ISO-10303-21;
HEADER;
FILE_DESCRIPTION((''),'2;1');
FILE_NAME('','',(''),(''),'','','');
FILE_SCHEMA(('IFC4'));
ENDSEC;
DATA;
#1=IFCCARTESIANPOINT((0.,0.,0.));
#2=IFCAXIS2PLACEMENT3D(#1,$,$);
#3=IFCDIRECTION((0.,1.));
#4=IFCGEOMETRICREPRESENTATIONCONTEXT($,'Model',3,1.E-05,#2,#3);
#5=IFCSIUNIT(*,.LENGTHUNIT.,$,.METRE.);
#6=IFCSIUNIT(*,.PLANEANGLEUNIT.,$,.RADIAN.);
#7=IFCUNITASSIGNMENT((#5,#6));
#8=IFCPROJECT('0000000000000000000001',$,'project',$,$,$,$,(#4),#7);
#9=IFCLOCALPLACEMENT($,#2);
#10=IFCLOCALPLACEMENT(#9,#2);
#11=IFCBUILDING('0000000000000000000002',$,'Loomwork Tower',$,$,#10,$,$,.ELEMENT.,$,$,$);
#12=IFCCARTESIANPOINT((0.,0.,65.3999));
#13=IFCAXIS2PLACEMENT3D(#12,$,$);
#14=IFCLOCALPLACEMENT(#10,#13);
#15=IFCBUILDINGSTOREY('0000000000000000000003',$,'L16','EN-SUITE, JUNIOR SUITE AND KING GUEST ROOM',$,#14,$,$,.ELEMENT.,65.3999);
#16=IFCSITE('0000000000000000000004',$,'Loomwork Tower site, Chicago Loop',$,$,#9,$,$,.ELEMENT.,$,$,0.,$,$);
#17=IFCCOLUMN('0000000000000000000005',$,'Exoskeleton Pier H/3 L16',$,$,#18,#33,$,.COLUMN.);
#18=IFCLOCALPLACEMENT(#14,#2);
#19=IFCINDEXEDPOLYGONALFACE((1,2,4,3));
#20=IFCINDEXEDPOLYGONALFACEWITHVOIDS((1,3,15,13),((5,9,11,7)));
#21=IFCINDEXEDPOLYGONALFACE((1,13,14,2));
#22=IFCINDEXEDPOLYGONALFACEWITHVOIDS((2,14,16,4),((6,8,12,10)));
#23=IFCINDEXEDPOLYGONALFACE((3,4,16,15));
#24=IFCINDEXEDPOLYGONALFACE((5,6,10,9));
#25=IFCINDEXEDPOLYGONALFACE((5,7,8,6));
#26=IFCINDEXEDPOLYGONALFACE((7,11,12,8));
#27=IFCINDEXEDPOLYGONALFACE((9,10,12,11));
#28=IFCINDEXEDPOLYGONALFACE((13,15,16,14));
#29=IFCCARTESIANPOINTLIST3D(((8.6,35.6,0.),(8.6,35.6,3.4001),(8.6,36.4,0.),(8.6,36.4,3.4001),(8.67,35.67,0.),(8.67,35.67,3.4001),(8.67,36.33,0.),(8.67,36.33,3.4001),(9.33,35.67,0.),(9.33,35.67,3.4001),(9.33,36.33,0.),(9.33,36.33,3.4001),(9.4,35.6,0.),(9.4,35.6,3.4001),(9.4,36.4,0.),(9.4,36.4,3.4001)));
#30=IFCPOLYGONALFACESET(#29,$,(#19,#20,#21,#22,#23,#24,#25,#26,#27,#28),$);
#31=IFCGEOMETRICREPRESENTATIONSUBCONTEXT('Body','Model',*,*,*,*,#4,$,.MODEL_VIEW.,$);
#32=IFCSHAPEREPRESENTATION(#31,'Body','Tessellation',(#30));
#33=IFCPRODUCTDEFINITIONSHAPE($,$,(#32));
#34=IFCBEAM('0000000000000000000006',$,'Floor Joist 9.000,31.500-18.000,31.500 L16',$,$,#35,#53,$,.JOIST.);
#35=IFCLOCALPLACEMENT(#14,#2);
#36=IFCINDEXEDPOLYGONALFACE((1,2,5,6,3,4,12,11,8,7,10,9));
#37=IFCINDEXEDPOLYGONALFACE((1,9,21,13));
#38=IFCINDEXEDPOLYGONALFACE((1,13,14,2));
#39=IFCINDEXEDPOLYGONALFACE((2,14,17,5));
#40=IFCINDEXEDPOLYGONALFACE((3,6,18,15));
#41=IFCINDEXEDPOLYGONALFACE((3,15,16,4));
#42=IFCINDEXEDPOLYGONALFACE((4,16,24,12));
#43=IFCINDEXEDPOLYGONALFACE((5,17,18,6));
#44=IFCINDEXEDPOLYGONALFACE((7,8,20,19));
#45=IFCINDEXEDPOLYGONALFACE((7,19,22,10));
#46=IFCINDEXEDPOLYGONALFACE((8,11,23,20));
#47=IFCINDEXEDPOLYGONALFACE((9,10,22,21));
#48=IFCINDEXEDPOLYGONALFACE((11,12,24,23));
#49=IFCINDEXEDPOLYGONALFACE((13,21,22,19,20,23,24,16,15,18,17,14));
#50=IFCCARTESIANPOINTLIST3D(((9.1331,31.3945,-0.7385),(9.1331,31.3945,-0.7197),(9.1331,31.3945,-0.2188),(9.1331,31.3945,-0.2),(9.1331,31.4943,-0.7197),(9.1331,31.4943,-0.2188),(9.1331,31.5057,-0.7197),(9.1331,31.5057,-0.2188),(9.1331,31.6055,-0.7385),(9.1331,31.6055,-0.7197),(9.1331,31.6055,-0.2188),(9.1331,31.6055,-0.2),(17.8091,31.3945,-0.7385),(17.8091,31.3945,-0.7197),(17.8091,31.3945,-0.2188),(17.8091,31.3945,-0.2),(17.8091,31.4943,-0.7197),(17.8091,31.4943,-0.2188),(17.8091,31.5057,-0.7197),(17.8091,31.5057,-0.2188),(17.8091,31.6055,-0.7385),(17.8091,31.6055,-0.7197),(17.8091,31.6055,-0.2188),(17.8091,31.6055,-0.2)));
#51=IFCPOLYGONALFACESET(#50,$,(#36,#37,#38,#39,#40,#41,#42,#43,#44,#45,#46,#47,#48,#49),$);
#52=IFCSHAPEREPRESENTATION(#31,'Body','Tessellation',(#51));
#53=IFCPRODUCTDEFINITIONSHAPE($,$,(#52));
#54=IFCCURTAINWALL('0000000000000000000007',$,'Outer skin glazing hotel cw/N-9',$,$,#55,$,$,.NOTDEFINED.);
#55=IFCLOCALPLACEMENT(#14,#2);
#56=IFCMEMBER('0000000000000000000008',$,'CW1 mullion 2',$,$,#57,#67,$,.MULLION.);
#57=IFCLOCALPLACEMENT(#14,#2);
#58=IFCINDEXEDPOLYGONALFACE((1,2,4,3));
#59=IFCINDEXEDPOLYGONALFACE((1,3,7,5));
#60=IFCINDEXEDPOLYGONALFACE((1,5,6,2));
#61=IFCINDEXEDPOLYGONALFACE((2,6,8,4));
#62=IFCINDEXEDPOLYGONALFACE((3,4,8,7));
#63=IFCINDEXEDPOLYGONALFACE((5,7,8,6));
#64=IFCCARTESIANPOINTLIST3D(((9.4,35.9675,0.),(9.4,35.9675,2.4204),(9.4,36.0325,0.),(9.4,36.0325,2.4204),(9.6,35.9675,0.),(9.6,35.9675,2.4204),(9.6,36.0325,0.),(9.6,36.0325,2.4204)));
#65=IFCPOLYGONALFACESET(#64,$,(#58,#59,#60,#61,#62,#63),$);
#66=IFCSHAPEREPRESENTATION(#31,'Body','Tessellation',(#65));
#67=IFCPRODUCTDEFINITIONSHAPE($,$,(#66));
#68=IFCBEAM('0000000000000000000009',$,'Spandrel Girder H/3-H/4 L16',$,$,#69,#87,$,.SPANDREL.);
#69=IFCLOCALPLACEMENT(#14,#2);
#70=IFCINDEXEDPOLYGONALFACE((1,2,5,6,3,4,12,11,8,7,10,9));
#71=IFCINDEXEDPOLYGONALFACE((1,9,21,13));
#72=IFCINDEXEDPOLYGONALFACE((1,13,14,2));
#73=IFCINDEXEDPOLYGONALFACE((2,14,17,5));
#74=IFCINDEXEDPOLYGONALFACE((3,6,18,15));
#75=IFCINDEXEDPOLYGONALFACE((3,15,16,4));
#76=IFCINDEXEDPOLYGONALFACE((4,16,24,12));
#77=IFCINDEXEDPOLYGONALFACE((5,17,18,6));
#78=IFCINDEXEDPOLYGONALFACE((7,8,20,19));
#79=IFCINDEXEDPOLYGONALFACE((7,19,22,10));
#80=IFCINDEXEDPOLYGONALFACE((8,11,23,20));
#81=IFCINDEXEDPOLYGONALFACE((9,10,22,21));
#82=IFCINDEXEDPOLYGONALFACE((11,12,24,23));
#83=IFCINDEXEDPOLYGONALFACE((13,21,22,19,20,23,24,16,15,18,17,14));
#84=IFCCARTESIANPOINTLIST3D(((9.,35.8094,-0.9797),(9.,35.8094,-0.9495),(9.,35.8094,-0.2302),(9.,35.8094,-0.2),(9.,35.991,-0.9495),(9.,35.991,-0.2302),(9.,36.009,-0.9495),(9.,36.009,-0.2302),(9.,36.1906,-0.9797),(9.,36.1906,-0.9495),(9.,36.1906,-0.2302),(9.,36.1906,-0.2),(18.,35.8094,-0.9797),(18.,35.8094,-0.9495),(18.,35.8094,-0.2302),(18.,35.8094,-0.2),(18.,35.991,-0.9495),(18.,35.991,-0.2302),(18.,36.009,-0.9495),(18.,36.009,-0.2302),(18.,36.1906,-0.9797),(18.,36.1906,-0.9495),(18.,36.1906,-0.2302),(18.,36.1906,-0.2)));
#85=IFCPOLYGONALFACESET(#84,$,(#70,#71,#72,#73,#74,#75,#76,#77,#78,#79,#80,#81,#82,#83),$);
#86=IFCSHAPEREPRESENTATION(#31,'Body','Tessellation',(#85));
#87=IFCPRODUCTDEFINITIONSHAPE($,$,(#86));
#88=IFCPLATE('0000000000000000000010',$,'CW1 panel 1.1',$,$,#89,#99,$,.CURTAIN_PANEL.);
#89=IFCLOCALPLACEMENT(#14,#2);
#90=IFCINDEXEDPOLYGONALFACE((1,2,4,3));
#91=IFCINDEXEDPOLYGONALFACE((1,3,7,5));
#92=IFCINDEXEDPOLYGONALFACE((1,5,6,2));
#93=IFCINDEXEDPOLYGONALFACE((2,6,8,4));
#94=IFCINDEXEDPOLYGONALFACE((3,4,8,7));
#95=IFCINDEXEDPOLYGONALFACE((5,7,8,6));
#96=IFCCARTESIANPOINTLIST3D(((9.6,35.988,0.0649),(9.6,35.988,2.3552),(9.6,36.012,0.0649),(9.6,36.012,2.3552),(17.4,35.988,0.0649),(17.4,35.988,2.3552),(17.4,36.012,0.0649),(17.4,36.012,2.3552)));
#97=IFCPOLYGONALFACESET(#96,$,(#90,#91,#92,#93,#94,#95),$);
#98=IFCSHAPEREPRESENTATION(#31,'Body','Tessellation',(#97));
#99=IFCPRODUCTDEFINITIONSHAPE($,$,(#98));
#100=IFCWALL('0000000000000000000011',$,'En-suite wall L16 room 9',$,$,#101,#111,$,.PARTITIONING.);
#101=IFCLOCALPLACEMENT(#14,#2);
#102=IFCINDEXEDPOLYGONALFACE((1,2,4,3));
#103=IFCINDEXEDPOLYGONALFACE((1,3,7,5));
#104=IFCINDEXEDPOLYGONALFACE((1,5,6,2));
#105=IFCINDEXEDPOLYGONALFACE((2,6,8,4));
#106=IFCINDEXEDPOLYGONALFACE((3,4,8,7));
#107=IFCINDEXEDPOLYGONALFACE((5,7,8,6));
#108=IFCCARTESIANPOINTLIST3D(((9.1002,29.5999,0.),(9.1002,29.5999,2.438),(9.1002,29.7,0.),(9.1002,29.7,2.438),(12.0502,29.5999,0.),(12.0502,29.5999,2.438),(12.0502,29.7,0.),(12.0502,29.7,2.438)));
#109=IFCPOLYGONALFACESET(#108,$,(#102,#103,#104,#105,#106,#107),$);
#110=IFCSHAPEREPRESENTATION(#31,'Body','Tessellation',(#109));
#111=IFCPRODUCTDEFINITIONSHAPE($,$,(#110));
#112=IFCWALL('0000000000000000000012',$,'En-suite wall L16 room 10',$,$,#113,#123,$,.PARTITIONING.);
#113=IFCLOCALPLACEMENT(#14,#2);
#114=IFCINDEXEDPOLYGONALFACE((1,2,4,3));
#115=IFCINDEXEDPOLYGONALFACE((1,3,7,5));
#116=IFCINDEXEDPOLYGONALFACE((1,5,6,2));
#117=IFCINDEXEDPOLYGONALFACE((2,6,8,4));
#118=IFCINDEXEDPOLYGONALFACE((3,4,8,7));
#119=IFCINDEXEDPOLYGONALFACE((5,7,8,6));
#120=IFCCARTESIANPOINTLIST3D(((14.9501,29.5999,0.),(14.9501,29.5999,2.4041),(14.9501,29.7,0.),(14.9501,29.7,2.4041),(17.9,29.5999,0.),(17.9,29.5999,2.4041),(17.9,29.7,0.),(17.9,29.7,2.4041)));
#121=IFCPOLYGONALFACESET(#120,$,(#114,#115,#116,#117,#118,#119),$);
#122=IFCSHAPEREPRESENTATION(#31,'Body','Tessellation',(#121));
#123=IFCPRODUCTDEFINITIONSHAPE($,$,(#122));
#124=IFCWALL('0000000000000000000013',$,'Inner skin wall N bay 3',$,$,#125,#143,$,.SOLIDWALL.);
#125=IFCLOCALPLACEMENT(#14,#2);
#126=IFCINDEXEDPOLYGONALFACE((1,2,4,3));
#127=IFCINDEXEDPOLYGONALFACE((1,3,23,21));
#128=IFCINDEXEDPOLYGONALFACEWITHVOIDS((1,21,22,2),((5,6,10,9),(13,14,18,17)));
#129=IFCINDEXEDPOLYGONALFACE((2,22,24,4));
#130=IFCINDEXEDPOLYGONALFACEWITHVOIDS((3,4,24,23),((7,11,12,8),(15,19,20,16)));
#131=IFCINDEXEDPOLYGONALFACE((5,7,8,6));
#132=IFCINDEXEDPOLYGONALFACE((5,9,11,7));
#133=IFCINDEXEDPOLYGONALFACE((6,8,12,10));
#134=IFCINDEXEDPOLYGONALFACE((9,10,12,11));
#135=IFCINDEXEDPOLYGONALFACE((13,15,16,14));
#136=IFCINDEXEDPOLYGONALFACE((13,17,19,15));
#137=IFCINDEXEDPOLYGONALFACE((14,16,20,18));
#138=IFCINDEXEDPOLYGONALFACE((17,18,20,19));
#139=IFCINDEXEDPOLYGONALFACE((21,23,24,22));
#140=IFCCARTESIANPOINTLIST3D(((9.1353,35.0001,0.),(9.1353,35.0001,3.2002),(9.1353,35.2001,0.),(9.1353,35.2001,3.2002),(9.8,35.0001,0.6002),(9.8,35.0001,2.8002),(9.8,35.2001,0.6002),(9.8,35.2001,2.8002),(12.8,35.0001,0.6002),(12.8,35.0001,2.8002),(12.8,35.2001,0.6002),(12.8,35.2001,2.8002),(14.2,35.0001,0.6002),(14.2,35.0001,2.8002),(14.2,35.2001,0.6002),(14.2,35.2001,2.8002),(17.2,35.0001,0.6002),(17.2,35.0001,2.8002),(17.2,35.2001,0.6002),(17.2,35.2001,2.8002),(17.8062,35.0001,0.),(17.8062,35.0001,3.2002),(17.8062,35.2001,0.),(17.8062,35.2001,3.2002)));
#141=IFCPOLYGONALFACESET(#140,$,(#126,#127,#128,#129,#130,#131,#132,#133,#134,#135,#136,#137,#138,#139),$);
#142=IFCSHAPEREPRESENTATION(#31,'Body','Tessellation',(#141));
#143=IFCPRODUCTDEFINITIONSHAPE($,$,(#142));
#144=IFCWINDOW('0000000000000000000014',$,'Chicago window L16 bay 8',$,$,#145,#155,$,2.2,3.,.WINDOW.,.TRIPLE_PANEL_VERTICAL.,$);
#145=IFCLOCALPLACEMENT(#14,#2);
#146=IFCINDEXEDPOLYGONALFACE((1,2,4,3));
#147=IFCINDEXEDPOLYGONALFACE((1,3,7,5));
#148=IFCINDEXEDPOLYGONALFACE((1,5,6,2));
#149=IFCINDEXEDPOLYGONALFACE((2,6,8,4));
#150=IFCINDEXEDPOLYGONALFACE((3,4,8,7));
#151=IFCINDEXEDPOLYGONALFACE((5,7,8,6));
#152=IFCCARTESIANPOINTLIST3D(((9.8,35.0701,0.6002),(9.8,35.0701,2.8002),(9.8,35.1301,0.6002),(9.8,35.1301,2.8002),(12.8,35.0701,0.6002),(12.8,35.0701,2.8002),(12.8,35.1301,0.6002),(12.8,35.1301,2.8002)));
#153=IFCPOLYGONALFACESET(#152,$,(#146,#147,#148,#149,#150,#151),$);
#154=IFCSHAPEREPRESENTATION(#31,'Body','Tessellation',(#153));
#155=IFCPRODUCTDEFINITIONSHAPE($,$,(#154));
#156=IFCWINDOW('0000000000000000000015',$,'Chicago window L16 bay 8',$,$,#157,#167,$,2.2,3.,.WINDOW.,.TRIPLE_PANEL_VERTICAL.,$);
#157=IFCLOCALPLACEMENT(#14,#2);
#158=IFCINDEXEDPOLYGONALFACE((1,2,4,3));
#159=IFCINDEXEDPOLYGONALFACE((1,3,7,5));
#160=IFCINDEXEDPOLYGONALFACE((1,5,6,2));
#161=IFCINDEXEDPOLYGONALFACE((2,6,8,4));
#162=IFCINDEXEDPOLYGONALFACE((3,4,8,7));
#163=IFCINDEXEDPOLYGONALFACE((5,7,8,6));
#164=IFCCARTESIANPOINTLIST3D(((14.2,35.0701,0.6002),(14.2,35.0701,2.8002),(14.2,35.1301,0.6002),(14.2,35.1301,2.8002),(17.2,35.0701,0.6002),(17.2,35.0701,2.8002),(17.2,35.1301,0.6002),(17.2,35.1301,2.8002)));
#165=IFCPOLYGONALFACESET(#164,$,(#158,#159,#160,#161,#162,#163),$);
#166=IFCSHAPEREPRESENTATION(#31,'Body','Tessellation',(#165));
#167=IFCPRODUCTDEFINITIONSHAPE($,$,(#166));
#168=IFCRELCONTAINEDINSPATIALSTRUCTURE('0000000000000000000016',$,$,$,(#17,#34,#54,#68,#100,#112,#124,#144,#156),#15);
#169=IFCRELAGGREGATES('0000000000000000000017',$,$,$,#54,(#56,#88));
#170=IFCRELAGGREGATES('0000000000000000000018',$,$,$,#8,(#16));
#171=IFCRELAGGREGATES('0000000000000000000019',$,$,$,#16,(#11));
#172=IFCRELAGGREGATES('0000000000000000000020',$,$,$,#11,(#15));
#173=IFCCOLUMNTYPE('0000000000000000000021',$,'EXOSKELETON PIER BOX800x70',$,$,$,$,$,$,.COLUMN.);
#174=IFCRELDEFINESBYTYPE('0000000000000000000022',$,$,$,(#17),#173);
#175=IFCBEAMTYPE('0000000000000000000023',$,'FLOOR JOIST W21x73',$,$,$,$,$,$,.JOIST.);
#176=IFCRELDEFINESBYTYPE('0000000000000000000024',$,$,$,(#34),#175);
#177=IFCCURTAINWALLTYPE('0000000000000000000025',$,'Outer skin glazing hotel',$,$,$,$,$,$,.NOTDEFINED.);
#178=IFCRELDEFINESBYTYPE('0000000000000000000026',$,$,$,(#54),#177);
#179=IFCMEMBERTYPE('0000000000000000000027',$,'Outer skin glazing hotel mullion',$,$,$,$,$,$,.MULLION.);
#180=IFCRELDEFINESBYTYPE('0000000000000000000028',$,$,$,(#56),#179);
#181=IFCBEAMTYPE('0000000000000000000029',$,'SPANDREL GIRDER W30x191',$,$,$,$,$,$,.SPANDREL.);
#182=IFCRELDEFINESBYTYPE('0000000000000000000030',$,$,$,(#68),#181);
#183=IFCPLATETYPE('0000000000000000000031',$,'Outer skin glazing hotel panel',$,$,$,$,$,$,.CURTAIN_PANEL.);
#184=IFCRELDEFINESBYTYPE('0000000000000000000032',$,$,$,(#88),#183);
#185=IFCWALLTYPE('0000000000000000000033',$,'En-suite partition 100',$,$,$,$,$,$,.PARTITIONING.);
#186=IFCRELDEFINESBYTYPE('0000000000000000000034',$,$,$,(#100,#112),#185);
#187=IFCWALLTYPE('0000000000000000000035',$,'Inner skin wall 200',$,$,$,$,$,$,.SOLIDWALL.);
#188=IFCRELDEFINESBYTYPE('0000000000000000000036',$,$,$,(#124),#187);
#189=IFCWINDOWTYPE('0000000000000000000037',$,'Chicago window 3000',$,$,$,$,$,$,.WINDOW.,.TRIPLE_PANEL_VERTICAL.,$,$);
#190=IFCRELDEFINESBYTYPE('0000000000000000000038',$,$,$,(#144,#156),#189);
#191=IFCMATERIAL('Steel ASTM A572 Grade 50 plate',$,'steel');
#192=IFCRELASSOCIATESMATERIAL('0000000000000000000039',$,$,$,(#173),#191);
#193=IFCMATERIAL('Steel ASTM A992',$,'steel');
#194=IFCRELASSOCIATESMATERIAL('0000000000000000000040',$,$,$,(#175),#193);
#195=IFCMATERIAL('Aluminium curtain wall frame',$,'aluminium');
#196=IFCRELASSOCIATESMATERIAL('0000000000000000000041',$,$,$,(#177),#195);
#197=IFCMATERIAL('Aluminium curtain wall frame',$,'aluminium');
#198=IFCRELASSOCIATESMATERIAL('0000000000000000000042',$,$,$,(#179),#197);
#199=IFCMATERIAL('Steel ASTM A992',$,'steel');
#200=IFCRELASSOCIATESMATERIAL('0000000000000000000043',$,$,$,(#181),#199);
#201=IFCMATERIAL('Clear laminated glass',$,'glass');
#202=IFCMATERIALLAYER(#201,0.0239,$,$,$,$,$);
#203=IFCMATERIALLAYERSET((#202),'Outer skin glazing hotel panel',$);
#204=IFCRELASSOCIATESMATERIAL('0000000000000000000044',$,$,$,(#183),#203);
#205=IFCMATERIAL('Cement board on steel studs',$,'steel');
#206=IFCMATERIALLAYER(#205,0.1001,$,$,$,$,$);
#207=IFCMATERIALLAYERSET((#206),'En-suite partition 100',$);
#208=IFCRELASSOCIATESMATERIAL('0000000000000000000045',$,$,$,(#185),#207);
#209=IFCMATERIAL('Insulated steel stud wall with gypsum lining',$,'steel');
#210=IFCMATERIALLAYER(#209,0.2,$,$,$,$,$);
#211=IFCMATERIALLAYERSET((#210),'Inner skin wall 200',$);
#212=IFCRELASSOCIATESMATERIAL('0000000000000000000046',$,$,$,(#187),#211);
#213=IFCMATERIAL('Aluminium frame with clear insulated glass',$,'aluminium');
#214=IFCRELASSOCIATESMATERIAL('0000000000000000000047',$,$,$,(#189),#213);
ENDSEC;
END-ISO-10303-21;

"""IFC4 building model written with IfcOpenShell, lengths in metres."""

from ifc_helpers import new_model, si_unit, direction, frame, frame_2d, origin, origin_2d, place, context, subcontext, project, spatial, rectangle, hollow_rectangle, i_section, extrude, material, layer, layer_set, material_profile, profile_set, type_object, element, fill, aggregate, save


model = new_model("IFC4")

# Units and contexts
model_context = context("Model", 3, precision=1e-05, world=origin(), true_north=direction((0.0, 1.0)))
body_context = subcontext(model_context, "Body", "Model", "MODEL_VIEW")
ifc_project = project(units=[si_unit("LENGTHUNIT", "METRE"), si_unit("PLANEANGLEUNIT", "RADIAN")], contexts=[model_context])

# Site, building, storey
site_placement = place(None, origin())
site = spatial("IfcSite", under=ifc_project, at=site_placement, Name="Loomwork Tower site, Chicago Loop", CompositionType="ELEMENT", RefElevation=0.0)
building_placement = place(site_placement, origin())
building = spatial("IfcBuilding", under=site, at=building_placement, Name="Loomwork Tower", CompositionType="ELEMENT")
storey_placement = place(building_placement, frame((0.0, 0.0, 65.3999)))
storey = spatial("IfcBuildingStorey", under=building, at=storey_placement, Name="L16", Description="EN-SUITE, JUNIOR SUITE AND KING GUEST ROOM", CompositionType="ELEMENT", Elevation=65.3999)

# Column
ifc_material_1 = material(Name="Steel ASTM A572 Grade 50 plate", Category="steel")
ifc_material_profile_1 = material_profile(ifc_material_1, hollow_rectangle(XDim=0.8, YDim=0.8, WallThickness=0.0701, at=origin_2d()), Name="BOX800x70")
ifc_profile_set_1 = profile_set([ifc_material_profile_1], Name="Steel ASTM A572 Grade 50 plate")
column_type = type_object("IfcColumnType", Name="EXOSKELETON PIER BOX800x70", PredefinedType="COLUMN", material=ifc_profile_set_1)
column_placement = place(storey_placement, frame((9.0, 36.0, 0.0), z_axis=(0.0, 0.0, 1.0), x_axis=(1.0, 0.0, 0.0)))
element("IfcColumn", 1, at=column_placement, inside=storey, type_object=column_type, Name="Exoskeleton Pier H/3 L16", PredefinedType="COLUMN", context=body_context, shape_type="SweptSolid", body=[
    extrude(hollow_rectangle(XDim=0.8, YDim=0.8, WallThickness=0.0701, at=origin_2d()), origin(), (0.0, 0.0, 1.0), 3.4001),
])

# Beam
ifc_material_2 = material(Name="Steel ASTM A992", Category="steel")
ifc_material_profile_2 = material_profile(ifc_material_2, i_section(OverallWidth=0.2109, OverallDepth=0.5386, WebThickness=0.0115, FlangeThickness=0.0188, at=origin_2d()), Name="W21x73")
ifc_profile_set_2 = profile_set([ifc_material_profile_2], Name="Steel ASTM A992")
beam_type_1 = type_object("IfcBeamType", Name="FLOOR JOIST W21x73", PredefinedType="JOIST", material=ifc_profile_set_2)
beam_1_placement = place(storey_placement, frame((9.1331, 31.5, -0.4692), z_axis=(1.0, 0.0, 0.0), x_axis=(0.0, 1.0, 0.0)))
element("IfcBeam", 2, at=beam_1_placement, inside=storey, type_object=beam_type_1, Name="Floor Joist 9.000,31.500-18.000,31.500 L16", PredefinedType="JOIST", context=body_context, shape_type="SweptSolid", body=[
    extrude(i_section(OverallWidth=0.2109, OverallDepth=0.5386, WebThickness=0.0115, FlangeThickness=0.0188, at=origin_2d()), origin(), (0.0, 0.0, 1.0), 8.676),
])

# Curtain wall, member
ifc_material_3 = material(Name="Aluminium curtain wall frame", Category="aluminium")
curtain_wall_type = type_object("IfcCurtainWallType", Name="Outer skin glazing hotel", PredefinedType="NOTDEFINED", material=ifc_material_3)
curtain_wall_placement = place(storey_placement, origin())
curtain_wall = element("IfcCurtainWall", 3, at=curtain_wall_placement, inside=storey, type_object=curtain_wall_type, Name="Outer skin glazing hotel cw/N-9", PredefinedType="NOTDEFINED")
ifc_material_4 = material(Name="Aluminium curtain wall frame", Category="aluminium")
ifc_material_profile_3 = material_profile(ifc_material_4, rectangle(XDim=0.0649, YDim=0.2, at=origin_2d()), Name="AL 65x200")
ifc_profile_set_3 = profile_set([ifc_material_profile_3], Name="Aluminium curtain wall frame")
member_type = type_object("IfcMemberType", Name="Outer skin glazing hotel mullion", PredefinedType="MULLION", material=ifc_profile_set_3)
member_placement = place(storey_placement, frame((9.5, 36.0, 0.0), z_axis=(0.0, 0.0, 1.0), x_axis=(0.0, -1.0, 0.0)))
member = element("IfcMember", 4, at=member_placement, type_object=member_type, Name="CW1 mullion 2", PredefinedType="MULLION", context=body_context, shape_type="SweptSolid", body=[
    extrude(rectangle(XDim=0.0649, YDim=0.2, at=origin_2d()), origin(), (0.0, 0.0, 1.0), 2.4204),
])

# Beam
ifc_material_5 = material(Name="Steel ASTM A992", Category="steel")
ifc_material_profile_4 = material_profile(ifc_material_5, i_section(OverallWidth=0.3811, OverallDepth=0.7798, WebThickness=0.0181, FlangeThickness=0.0303, at=origin_2d()), Name="W30x191")
ifc_profile_set_4 = profile_set([ifc_material_profile_4], Name="Steel ASTM A992")
beam_type_2 = type_object("IfcBeamType", Name="SPANDREL GIRDER W30x191", PredefinedType="SPANDREL", material=ifc_profile_set_4)
beam_2_placement = place(storey_placement, frame((9.0, 36.0, -0.5898), z_axis=(1.0, 0.0, 0.0), x_axis=(0.0, 1.0, 0.0)))
element("IfcBeam", 5, at=beam_2_placement, inside=storey, type_object=beam_type_2, Name="Spandrel Girder H/3-H/4 L16", PredefinedType="SPANDREL", context=body_context, shape_type="SweptSolid", body=[
    extrude(i_section(OverallWidth=0.3811, OverallDepth=0.7798, WebThickness=0.0181, FlangeThickness=0.0303, at=origin_2d()), origin(), (0.0, 0.0, 1.0), 9.0),
])

# Plate
ifc_material_6 = material(Name="Clear laminated glass", Category="glass")
ifc_layer_1 = layer(ifc_material_6, 0.0239)
ifc_layer_set_1 = layer_set([ifc_layer_1], Name="Outer skin glazing hotel panel")
plate_type = type_object("IfcPlateType", Name="Outer skin glazing hotel panel", PredefinedType="CURTAIN_PANEL", material=ifc_layer_set_1)
plate_placement = place(storey_placement, frame((13.5, 36.0, 0.0649), z_axis=(0.0, 0.0, 1.0), x_axis=(-1.0, 0.0, 0.0)))
plate = element("IfcPlate", 6, at=plate_placement, type_object=plate_type, Name="CW1 panel 1.1", PredefinedType="CURTAIN_PANEL", context=body_context, shape_type="SweptSolid", body=[
    extrude(rectangle(XDim=7.8, YDim=0.0239, at=origin_2d()), origin(), (0.0, 0.0, 1.0), 2.2903),
])
aggregate(curtain_wall, [member, plate])

# Walls
ifc_material_7 = material(Name="Cement board on steel studs", Category="steel")
ifc_layer_2 = layer(ifc_material_7, 0.1001)
ifc_layer_set_2 = layer_set([ifc_layer_2], Name="En-suite partition 100")
wall_type_1 = type_object("IfcWallType", Name="En-suite partition 100", PredefinedType="PARTITIONING", material=ifc_layer_set_2)
wall_1_placement = place(storey_placement, frame((9.1001, 29.6499, 0.0), z_axis=(0.0, 0.0, 1.0), x_axis=(1.0, 0.0, 0.0)))
element("IfcWall", 7, at=wall_1_placement, inside=storey, type_object=wall_type_1, Name="En-suite wall L16 room 9", PredefinedType="PARTITIONING", context=body_context, shape_type="SweptSolid", body=[
    extrude(rectangle(XDim=2.95, YDim=0.1001, at=frame_2d((1.4751, 0.0))), origin(), (0.0, 0.0, 1.0), 2.438),
])
wall_2_placement = place(storey_placement, frame((14.95, 29.6499, 0.0), z_axis=(0.0, 0.0, 1.0), x_axis=(1.0, 0.0, 0.0)))
element("IfcWall", 8, at=wall_2_placement, inside=storey, type_object=wall_type_1, Name="En-suite wall L16 room 10", PredefinedType="PARTITIONING", context=body_context, shape_type="SweptSolid", body=[
    extrude(rectangle(XDim=2.95, YDim=0.1001, at=frame_2d((1.4751, 0.0))), origin(), (0.0, 0.0, 1.0), 2.4041),
])

# Wall, openings, windows
ifc_material_8 = material(Name="Insulated steel stud wall with gypsum lining", Category="steel")
ifc_layer_3 = layer(ifc_material_8, 0.2)
ifc_layer_set_3 = layer_set([ifc_layer_3], Name="Inner skin wall 200")
wall_type_2 = type_object("IfcWallType", Name="Inner skin wall 200", PredefinedType="SOLIDWALL", material=ifc_layer_set_3)
wall_3_placement = place(storey_placement, frame((9.1353, 35.1001, 0.0), z_axis=(0.0, 0.0, 1.0), x_axis=(1.0, 0.0, 0.0)))
wall_3 = element("IfcWall", 9, at=wall_3_placement, inside=storey, type_object=wall_type_2, Name="Inner skin wall N bay 3", PredefinedType="SOLIDWALL", context=body_context, shape_type="SweptSolid", body=[
    extrude(rectangle(XDim=8.6709, YDim=0.2, at=frame_2d((4.3354, 0.0))), origin(), (0.0, 0.0, 1.0), 3.2002),
])
opening_1_placement = place(wall_3_placement, frame((0.6648, 0.0, 0.6001)))
opening_1 = element("IfcOpeningElement", 10, at=opening_1_placement, cuts=wall_3, PredefinedType="OPENING", context=body_context, shape_type="SweptSolid", body=[
    extrude(rectangle(XDim=3.0, YDim=2.2, at=frame_2d((1.5, 1.1001))), frame((0.0, 0.1099, 0.0), z_axis=(0.0, -1.0, 0.0), x_axis=(1.0, 0.0, 0.0)), (0.0, 0.0, 1.0), 0.22),
])
opening_2_placement = place(wall_3_placement, frame((5.0647, 0.0, 0.6001)))
opening_2 = element("IfcOpeningElement", 11, at=opening_2_placement, cuts=wall_3, PredefinedType="OPENING", context=body_context, shape_type="SweptSolid", body=[
    extrude(rectangle(XDim=3.0, YDim=2.2, at=frame_2d((1.5, 1.1001))), frame((0.0, 0.1099, 0.0), z_axis=(0.0, -1.0, 0.0), x_axis=(1.0, 0.0, 0.0)), (0.0, 0.0, 1.0), 0.22),
])
ifc_material_9 = material(Name="Aluminium frame with clear insulated glass", Category="aluminium")
window_type = type_object("IfcWindowType", Name="Chicago window 3000", PartitioningType="TRIPLE_PANEL_VERTICAL", PredefinedType="WINDOW", material=ifc_material_9)
window_1_placement = place(opening_1_placement, origin())
window_1 = element("IfcWindow", 12, at=window_1_placement, inside=storey, type_object=window_type, Name="Chicago window L16 bay 8", OverallHeight=2.2, OverallWidth=3.0, PartitioningType="TRIPLE_PANEL_VERTICAL", PredefinedType="WINDOW", context=body_context, shape_type="SweptSolid", body=[
    extrude(rectangle(XDim=3.0, YDim=2.2, at=frame_2d((1.5, 1.1001))), frame((0.0, 0.03, 0.0), z_axis=(0.0, -1.0, 0.0), x_axis=(1.0, 0.0, 0.0)), (0.0, 0.0, 1.0), 0.0601),
])
fill(opening_1, window_1)
window_2_placement = place(opening_2_placement, origin())
window_2 = element("IfcWindow", 13, at=window_2_placement, inside=storey, type_object=window_type, Name="Chicago window L16 bay 8", OverallHeight=2.2, OverallWidth=3.0, PartitioningType="TRIPLE_PANEL_VERTICAL", PredefinedType="WINDOW", context=body_context, shape_type="SweptSolid", body=[
    extrude(rectangle(XDim=3.0, YDim=2.2, at=frame_2d((1.5, 1.1001))), frame((0.0, 0.03, 0.0), z_axis=(0.0, -1.0, 0.0), x_axis=(1.0, 0.0, 0.0)), (0.0, 0.0, 1.0), 0.0601),
])
fill(opening_2, window_2)

save(model, "model.ifc")
